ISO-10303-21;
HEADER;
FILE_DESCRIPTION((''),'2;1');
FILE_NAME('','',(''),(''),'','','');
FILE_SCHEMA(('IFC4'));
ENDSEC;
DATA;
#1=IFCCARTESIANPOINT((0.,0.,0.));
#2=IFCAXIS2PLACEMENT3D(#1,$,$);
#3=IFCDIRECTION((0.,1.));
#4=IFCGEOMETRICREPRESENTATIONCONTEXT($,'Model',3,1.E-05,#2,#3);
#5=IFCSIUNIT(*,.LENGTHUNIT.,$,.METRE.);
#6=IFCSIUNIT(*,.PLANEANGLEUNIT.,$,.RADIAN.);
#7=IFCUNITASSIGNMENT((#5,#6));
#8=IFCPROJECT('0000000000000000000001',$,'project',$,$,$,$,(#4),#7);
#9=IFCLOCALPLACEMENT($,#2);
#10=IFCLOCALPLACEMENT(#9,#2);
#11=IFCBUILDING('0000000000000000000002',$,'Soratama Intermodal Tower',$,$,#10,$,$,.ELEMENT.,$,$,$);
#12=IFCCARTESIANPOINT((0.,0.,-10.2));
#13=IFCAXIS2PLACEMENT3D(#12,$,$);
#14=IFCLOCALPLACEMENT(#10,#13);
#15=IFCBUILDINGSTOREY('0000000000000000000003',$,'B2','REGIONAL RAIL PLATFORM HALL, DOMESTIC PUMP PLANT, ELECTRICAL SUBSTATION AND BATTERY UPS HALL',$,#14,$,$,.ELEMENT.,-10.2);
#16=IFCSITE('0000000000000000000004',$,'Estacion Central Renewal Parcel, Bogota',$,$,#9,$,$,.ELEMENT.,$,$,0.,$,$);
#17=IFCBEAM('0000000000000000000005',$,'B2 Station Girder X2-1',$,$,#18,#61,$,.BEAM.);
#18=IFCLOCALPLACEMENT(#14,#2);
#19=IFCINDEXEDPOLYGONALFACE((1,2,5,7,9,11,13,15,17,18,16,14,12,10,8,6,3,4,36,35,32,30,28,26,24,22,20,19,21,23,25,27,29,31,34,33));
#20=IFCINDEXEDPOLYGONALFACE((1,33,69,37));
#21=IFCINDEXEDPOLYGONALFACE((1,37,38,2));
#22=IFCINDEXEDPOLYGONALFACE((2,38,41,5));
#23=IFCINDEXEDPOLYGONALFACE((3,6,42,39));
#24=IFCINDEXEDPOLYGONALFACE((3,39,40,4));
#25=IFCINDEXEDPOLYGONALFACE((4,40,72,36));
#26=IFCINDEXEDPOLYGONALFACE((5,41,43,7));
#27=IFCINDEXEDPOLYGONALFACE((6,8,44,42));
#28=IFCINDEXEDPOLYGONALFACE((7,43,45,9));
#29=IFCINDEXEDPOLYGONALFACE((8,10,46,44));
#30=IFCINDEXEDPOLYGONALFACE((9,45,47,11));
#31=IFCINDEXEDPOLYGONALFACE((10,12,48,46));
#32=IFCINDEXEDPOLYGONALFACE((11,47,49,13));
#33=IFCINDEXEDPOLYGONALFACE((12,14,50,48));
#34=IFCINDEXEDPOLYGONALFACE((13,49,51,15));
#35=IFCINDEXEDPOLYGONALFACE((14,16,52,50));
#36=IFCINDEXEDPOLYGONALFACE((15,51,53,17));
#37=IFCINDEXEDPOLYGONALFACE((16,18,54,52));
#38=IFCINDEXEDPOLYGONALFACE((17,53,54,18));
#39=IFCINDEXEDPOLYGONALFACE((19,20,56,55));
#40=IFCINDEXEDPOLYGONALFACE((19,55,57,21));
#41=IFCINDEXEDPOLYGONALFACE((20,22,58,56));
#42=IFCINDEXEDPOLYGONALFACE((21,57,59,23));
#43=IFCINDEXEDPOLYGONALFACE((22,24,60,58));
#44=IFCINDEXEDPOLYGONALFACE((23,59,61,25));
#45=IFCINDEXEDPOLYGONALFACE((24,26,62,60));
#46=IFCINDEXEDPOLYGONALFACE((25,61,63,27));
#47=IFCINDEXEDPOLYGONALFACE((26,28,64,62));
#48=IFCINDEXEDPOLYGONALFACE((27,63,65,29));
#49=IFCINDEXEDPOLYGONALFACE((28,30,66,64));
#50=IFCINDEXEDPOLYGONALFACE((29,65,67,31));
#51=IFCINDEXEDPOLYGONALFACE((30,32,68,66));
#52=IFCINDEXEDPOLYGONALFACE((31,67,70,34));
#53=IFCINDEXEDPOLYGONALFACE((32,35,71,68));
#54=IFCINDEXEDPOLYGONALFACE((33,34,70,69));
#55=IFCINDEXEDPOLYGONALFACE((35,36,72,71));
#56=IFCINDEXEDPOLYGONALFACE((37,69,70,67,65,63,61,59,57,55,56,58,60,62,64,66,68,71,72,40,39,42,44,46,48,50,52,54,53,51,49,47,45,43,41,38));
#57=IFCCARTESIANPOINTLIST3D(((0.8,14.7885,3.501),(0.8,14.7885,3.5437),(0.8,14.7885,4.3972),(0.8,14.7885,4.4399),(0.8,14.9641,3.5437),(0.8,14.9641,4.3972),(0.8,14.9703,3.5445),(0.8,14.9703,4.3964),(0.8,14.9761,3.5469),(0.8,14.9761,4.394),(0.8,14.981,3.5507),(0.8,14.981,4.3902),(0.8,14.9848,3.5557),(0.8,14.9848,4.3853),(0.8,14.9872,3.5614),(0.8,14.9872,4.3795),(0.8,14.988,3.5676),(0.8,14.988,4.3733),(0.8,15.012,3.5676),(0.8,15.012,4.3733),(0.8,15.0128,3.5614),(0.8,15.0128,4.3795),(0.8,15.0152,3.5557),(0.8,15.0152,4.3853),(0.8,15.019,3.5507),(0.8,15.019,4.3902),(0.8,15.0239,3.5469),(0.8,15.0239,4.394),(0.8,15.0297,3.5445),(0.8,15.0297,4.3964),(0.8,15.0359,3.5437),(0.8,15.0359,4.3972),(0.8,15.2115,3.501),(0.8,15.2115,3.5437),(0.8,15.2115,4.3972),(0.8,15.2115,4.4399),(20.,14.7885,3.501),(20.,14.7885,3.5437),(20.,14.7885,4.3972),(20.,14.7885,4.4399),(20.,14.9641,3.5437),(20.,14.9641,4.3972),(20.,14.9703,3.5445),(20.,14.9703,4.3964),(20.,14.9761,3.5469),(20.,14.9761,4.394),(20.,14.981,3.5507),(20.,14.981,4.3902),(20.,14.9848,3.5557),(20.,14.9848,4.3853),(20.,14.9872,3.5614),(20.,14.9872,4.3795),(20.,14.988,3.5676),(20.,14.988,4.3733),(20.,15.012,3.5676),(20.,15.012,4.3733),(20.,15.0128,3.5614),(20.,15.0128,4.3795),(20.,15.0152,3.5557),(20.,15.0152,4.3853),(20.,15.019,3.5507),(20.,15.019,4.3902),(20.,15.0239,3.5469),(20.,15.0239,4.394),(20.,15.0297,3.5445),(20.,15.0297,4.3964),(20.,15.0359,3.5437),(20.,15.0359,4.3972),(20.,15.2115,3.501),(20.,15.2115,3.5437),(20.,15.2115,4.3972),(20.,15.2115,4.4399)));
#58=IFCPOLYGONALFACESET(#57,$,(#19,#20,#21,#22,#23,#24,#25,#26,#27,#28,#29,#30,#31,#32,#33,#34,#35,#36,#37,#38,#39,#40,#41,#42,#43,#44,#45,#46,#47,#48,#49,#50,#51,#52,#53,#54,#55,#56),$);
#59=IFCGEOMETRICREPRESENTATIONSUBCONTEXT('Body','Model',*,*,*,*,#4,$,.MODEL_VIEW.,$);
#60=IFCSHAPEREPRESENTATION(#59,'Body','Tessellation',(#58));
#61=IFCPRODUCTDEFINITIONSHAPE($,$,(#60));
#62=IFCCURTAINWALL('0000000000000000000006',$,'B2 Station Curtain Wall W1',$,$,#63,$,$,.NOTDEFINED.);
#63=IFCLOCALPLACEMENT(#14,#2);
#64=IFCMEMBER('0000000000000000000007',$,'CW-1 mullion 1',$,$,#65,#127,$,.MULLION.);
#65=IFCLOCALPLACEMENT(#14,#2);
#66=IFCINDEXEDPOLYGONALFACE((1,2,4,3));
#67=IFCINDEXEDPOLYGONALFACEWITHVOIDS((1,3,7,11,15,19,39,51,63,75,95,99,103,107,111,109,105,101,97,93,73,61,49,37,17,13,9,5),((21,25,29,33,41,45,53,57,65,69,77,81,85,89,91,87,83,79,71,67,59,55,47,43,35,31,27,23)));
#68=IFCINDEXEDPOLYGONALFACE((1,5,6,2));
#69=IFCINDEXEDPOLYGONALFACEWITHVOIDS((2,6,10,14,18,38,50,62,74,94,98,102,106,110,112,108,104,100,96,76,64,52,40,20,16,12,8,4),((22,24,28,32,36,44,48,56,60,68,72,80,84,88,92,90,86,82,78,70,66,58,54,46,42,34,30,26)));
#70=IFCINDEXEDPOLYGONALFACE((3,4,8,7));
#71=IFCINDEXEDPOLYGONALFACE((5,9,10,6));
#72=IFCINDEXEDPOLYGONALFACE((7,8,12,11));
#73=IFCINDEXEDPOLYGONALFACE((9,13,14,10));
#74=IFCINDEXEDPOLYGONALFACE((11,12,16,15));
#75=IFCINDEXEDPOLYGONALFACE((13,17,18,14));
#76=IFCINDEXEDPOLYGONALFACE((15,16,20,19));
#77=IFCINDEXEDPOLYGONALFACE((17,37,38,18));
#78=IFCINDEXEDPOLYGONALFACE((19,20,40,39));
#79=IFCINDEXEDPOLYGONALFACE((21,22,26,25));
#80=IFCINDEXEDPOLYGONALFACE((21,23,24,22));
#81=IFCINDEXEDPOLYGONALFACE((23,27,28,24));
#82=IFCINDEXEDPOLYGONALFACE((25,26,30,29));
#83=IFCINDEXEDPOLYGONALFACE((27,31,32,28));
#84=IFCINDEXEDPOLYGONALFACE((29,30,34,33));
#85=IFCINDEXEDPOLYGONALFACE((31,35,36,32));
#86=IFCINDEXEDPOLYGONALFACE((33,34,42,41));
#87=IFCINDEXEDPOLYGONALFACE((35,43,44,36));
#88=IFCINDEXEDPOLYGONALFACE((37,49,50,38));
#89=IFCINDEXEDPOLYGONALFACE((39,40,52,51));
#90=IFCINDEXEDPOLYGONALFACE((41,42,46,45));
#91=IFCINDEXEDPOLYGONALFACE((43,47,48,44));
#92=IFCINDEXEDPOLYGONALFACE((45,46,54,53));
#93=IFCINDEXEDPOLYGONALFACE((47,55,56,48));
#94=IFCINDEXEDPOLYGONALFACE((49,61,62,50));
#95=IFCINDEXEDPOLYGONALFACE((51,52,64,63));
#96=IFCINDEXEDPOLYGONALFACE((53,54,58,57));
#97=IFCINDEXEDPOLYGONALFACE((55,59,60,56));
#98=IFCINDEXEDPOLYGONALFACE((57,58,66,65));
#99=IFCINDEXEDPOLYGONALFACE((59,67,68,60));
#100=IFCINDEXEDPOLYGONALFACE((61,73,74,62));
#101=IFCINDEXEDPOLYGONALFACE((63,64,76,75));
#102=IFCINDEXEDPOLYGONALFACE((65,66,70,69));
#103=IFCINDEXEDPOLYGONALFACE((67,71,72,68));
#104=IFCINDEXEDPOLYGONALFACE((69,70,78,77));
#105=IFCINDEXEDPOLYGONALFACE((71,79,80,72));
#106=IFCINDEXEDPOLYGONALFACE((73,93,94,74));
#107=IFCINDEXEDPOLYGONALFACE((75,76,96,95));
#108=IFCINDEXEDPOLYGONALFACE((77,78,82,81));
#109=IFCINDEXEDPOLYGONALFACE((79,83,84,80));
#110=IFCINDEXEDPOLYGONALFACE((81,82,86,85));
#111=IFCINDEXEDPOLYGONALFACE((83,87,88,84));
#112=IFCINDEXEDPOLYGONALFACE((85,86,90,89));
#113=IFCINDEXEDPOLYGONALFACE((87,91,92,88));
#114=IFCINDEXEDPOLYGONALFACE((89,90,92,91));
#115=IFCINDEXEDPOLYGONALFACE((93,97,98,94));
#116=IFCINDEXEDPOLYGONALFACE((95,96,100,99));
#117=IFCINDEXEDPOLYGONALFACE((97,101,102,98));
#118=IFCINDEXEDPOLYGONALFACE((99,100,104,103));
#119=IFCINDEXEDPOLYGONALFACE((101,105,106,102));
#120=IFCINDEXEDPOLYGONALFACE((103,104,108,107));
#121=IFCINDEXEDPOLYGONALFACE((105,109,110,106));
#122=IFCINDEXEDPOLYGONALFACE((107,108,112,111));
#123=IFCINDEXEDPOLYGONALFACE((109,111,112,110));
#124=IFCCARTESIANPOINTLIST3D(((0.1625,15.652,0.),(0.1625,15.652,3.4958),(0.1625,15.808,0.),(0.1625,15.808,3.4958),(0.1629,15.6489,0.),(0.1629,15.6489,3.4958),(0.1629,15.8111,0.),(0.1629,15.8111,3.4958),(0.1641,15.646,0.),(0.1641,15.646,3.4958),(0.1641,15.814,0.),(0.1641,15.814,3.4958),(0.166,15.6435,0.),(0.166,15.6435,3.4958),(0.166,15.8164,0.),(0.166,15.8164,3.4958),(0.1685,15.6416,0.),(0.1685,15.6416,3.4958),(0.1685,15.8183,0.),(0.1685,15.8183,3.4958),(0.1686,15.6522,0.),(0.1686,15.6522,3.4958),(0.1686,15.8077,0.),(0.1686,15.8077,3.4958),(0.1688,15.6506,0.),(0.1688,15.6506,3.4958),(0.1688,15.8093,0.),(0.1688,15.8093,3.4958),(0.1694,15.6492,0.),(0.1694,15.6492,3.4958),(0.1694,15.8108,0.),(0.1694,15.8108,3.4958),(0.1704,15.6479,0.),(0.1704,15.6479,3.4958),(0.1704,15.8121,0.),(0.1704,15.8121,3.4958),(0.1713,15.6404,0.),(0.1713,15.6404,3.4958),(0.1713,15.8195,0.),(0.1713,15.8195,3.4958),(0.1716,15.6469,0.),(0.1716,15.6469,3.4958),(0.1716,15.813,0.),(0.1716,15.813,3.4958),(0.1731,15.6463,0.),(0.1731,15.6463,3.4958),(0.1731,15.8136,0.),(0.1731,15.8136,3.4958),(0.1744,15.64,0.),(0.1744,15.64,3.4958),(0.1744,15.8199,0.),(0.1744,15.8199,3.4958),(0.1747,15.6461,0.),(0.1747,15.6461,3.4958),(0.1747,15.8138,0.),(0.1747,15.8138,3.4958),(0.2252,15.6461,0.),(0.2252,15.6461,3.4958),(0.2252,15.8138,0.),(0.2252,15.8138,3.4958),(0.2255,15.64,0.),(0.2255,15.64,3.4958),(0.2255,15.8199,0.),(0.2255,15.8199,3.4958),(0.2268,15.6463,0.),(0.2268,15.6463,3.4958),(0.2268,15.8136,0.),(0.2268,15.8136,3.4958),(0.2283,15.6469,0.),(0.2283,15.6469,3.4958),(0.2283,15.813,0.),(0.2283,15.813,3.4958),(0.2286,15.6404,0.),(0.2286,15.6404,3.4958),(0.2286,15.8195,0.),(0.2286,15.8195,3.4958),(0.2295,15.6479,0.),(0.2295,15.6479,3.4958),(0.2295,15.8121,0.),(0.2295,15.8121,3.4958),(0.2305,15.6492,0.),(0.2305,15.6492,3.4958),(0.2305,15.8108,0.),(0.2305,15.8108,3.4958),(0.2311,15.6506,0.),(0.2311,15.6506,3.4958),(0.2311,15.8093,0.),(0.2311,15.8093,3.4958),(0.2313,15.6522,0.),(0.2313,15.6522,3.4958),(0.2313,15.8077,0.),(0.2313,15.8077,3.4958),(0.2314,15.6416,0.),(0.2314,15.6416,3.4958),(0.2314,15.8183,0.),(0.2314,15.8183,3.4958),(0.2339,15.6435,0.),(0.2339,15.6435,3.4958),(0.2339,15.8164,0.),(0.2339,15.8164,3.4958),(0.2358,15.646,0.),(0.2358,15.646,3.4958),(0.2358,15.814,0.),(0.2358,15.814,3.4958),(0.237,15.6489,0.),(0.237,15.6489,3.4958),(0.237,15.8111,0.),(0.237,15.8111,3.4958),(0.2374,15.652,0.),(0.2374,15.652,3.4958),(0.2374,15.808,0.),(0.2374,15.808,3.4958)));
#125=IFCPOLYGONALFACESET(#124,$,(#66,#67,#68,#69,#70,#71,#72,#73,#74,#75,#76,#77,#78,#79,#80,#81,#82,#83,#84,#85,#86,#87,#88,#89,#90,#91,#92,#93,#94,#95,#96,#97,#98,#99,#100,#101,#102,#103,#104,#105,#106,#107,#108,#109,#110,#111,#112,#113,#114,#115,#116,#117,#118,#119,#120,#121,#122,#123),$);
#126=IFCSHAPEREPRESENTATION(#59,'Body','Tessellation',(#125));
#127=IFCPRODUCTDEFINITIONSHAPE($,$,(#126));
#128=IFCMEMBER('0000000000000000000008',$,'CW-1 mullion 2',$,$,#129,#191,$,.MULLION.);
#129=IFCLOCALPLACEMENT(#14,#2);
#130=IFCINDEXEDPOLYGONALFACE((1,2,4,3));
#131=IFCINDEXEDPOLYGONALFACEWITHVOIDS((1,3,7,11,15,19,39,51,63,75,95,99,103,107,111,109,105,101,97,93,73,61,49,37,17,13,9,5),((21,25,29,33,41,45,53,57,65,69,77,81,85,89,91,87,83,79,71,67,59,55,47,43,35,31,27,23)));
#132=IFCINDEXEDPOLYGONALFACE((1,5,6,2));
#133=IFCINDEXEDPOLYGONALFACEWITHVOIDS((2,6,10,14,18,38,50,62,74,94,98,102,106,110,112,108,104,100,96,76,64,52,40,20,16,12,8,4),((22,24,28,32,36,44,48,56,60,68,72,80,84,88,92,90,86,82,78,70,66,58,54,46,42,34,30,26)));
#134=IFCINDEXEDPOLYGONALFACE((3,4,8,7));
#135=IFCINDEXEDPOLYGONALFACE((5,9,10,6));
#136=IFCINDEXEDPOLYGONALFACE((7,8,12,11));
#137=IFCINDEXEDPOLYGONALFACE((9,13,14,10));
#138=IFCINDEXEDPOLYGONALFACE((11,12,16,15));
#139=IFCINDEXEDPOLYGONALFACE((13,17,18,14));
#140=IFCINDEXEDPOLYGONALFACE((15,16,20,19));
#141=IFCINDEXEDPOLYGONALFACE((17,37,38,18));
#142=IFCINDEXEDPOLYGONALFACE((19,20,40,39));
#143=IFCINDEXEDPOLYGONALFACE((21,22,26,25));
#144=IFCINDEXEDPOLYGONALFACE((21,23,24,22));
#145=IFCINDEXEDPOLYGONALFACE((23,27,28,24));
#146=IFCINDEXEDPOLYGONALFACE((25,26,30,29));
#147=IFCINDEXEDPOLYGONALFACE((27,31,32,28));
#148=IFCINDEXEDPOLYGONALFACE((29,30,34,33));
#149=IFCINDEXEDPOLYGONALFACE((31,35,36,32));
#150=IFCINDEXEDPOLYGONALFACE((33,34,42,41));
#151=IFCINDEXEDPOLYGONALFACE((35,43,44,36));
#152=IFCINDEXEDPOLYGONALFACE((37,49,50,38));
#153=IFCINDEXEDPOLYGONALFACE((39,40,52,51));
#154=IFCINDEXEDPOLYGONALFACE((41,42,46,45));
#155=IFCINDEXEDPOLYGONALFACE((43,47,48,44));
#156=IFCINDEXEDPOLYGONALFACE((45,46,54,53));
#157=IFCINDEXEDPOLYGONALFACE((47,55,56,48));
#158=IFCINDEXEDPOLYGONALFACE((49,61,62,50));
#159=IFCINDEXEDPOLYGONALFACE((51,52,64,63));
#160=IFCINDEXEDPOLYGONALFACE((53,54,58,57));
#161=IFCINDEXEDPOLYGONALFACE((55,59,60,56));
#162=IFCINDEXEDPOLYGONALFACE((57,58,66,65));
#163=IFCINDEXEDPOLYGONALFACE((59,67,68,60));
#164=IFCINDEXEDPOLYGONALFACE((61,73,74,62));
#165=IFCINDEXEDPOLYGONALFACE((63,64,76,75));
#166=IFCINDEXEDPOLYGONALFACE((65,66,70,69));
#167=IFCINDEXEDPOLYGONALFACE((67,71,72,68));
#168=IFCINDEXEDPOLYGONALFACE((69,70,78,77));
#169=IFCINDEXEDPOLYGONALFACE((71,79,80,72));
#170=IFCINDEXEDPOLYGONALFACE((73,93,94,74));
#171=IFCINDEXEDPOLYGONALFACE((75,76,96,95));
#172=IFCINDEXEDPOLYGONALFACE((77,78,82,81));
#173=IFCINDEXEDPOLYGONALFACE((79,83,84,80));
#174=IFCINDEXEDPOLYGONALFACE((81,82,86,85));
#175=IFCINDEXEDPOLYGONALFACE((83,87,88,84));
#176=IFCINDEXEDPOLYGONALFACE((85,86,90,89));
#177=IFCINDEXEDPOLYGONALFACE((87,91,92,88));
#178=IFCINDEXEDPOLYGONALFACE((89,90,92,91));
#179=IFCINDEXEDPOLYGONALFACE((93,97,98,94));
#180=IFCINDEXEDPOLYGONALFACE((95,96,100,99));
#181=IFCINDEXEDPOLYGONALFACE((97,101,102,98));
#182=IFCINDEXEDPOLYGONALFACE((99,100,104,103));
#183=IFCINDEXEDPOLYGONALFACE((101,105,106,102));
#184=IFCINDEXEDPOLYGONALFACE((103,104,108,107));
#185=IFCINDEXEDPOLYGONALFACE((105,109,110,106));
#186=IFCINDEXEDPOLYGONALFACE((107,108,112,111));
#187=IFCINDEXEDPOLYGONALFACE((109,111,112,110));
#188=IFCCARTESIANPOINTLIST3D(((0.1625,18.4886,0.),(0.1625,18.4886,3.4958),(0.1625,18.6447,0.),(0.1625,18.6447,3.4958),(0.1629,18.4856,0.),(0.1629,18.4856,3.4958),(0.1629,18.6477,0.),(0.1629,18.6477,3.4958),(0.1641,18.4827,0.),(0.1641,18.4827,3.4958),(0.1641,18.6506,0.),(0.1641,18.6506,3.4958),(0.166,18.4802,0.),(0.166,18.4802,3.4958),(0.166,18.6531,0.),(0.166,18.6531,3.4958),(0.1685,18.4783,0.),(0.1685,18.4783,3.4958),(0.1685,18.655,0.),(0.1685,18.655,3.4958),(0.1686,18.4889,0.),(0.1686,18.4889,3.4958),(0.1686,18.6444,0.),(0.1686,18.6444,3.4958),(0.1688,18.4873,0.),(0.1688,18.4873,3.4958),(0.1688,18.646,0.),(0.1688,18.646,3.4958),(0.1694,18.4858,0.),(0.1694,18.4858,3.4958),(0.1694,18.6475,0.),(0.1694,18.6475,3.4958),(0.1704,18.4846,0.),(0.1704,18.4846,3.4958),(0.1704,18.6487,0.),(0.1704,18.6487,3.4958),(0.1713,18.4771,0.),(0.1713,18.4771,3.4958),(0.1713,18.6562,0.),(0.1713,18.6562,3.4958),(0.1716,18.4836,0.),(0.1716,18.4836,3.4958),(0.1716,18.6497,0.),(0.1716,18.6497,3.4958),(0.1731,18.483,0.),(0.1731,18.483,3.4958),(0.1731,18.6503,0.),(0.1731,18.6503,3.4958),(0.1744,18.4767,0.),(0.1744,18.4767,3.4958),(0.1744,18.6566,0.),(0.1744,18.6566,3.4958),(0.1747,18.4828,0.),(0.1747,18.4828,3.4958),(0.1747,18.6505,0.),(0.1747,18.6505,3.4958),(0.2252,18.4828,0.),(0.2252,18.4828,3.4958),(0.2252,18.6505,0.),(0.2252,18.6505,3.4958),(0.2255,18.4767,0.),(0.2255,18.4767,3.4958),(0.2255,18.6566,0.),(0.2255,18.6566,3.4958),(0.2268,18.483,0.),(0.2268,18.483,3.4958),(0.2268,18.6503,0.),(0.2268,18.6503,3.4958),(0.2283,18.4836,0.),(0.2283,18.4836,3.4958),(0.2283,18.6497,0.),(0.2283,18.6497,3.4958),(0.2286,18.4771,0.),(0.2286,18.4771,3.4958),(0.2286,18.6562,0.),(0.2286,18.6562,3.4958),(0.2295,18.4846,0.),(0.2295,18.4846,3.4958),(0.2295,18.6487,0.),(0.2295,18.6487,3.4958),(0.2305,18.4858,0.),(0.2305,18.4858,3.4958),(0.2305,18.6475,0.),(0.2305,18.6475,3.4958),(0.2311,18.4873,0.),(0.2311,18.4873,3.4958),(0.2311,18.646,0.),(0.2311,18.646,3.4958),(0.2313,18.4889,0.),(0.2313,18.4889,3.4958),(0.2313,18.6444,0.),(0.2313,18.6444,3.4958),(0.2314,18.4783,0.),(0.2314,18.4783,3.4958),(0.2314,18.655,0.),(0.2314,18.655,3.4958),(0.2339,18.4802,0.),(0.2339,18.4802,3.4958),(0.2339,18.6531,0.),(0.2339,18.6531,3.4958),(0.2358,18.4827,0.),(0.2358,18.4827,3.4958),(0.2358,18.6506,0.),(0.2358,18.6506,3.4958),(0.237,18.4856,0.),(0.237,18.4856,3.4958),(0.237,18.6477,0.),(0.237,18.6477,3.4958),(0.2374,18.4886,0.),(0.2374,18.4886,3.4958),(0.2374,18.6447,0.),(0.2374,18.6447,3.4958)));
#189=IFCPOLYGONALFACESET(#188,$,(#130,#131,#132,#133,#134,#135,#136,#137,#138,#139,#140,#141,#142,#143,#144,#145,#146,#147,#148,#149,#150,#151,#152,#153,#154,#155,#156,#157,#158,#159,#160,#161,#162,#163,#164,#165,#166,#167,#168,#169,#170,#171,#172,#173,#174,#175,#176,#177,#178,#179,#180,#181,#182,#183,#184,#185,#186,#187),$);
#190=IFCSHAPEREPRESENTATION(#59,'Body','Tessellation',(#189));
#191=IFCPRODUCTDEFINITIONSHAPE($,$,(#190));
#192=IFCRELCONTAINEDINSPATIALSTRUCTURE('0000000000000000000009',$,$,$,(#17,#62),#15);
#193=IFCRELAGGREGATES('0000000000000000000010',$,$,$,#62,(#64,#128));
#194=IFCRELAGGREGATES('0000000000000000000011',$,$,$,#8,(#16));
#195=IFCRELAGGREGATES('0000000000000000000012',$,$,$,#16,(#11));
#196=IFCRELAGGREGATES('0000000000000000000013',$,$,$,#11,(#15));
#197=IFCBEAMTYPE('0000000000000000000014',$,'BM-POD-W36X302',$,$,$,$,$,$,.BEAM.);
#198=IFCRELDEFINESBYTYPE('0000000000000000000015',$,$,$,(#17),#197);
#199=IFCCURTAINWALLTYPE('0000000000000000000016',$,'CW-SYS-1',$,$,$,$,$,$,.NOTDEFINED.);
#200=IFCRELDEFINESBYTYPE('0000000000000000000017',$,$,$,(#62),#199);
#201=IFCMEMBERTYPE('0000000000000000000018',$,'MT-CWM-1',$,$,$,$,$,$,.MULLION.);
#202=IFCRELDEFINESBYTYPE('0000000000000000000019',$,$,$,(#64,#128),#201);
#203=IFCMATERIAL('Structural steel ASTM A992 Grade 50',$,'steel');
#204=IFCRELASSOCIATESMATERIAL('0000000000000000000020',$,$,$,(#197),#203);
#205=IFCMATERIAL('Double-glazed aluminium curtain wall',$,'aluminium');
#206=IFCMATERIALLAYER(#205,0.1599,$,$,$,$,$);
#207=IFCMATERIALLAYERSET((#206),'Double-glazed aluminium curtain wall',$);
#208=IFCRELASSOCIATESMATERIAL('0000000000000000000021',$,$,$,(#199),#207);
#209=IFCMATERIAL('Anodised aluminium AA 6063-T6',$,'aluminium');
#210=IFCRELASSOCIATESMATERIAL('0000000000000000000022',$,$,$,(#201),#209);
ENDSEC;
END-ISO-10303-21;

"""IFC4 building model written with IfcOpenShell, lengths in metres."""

from ifc_helpers import new_model, si_unit, direction, frame, origin, origin_2d, place, context, subcontext, project, spatial, hollow_rectangle, i_section, extrude, material, layer, layer_set, material_profile, profile_set, type_object, element, aggregate, save


model = new_model("IFC4")

# Units and contexts
model_context = context("Model", 3, precision=1e-05, world=origin(), true_north=direction((0.0, 1.0)))
body_context = subcontext(model_context, "Body", "Model", "MODEL_VIEW")
ifc_project = project(units=[si_unit("LENGTHUNIT", "METRE"), si_unit("PLANEANGLEUNIT", "RADIAN")], contexts=[model_context])

# Site, building, storey
site_placement = place(None, origin())
site = spatial("IfcSite", under=ifc_project, at=site_placement, Name="Estacion Central Renewal Parcel, Bogota", CompositionType="ELEMENT", RefElevation=0.0)
building_placement = place(site_placement, origin())
building = spatial("IfcBuilding", under=site, at=building_placement, Name="Soratama Intermodal Tower", CompositionType="ELEMENT")
storey_placement = place(building_placement, frame((0.0, 0.0, -10.2)))
storey = spatial("IfcBuildingStorey", under=building, at=storey_placement, Name="B2", Description="REGIONAL RAIL PLATFORM HALL, DOMESTIC PUMP PLANT, ELECTRICAL SUBSTATION AND BATTERY UPS HALL", CompositionType="ELEMENT", Elevation=-10.2)

# Beam
ifc_material_1 = material(Name="Structural steel ASTM A992 Grade 50", Category="steel")
ifc_material_profile_1 = material_profile(ifc_material_1, i_section(OverallWidth=0.4231, OverallDepth=0.939, WebThickness=0.0239, FlangeThickness=0.0427, FilletRadius=0.0239, at=origin_2d()), Name="W36X302")
ifc_profile_set_1 = profile_set([ifc_material_profile_1], Name="Structural steel ASTM A992 Grade 50")
beam_type_1 = type_object("IfcBeamType", Name="BM-POD-W36X302", PredefinedType="BEAM", material=ifc_profile_set_1)
beam_1_placement = place(storey_placement, frame((0.8, 15.0, 3.9705), z_axis=(1.0, 0.0, 0.0), x_axis=(0.0, 1.0, 0.0)))
element("IfcBeam", 1, at=beam_1_placement, inside=storey, type_object=beam_type_1, Name="B2 Station Girder X2-1", PredefinedType="BEAM", context=body_context, shape_type="SweptSolid", body=[
    extrude(i_section(OverallWidth=0.4231, OverallDepth=0.939, WebThickness=0.0239, FlangeThickness=0.0427, FilletRadius=0.0239, at=origin_2d()), origin(), (0.0, 0.0, 1.0), 19.2),
])

# Curtain wall, members
ifc_material_2 = material(Name="Double-glazed aluminium curtain wall", Category="aluminium")
ifc_layer_1 = layer(ifc_material_2, 0.1599)
ifc_layer_set_1 = layer_set([ifc_layer_1], Name="Double-glazed aluminium curtain wall")
curtain_wall_type = type_object("IfcCurtainWallType", Name="CW-SYS-1", PredefinedType="NOTDEFINED", material=ifc_layer_set_1)
curtain_wall_placement = place(storey_placement, origin())
curtain_wall = element("IfcCurtainWall", 2, at=curtain_wall_placement, inside=storey, type_object=curtain_wall_type, Name="B2 Station Curtain Wall W1", PredefinedType="NOTDEFINED")
ifc_material_3 = material(Name="Anodised aluminium AA 6063-T6", Category="aluminium")
ifc_material_profile_2 = material_profile(ifc_material_3, hollow_rectangle(XDim=0.075, YDim=0.1799, WallThickness=0.0061, InnerFilletRadius=0.0061, OuterFilletRadius=0.012, at=origin_2d()), Name="CWM180X75X6")
ifc_profile_set_2 = profile_set([ifc_material_profile_2], Name="Anodised aluminium AA 6063-T6")
member_type_1 = type_object("IfcMemberType", Name="MT-CWM-1", PredefinedType="MULLION", material=ifc_profile_set_2)
member_1_placement = place(storey_placement, frame((0.2, 15.73, 0.0), z_axis=(0.0, 0.0, 1.0), x_axis=(-1.0, 0.0, 0.0)))
member_1 = element("IfcMember", 3, at=member_1_placement, type_object=member_type_1, Name="CW-1 mullion 1", PredefinedType="MULLION", context=body_context, shape_type="SweptSolid", body=[
    extrude(hollow_rectangle(XDim=0.075, YDim=0.1799, WallThickness=0.0061, InnerFilletRadius=0.0061, OuterFilletRadius=0.012, at=origin_2d()), origin(), (0.0, 0.0, 1.0), 3.4958),
])
member_2_placement = place(storey_placement, frame((0.2, 18.5667, 0.0), z_axis=(0.0, 0.0, 1.0), x_axis=(-1.0, 0.0, 0.0)))
member_2 = element("IfcMember", 4, at=member_2_placement, type_object=member_type_1, Name="CW-1 mullion 2", PredefinedType="MULLION", context=body_context, shape_type="SweptSolid", body=[
    extrude(hollow_rectangle(XDim=0.075, YDim=0.1799, WallThickness=0.0061, InnerFilletRadius=0.0061, OuterFilletRadius=0.012, at=origin_2d()), origin(), (0.0, 0.0, 1.0), 3.4958),
])
aggregate(curtain_wall, [member_1, member_2])

save(model, "model.ifc")
